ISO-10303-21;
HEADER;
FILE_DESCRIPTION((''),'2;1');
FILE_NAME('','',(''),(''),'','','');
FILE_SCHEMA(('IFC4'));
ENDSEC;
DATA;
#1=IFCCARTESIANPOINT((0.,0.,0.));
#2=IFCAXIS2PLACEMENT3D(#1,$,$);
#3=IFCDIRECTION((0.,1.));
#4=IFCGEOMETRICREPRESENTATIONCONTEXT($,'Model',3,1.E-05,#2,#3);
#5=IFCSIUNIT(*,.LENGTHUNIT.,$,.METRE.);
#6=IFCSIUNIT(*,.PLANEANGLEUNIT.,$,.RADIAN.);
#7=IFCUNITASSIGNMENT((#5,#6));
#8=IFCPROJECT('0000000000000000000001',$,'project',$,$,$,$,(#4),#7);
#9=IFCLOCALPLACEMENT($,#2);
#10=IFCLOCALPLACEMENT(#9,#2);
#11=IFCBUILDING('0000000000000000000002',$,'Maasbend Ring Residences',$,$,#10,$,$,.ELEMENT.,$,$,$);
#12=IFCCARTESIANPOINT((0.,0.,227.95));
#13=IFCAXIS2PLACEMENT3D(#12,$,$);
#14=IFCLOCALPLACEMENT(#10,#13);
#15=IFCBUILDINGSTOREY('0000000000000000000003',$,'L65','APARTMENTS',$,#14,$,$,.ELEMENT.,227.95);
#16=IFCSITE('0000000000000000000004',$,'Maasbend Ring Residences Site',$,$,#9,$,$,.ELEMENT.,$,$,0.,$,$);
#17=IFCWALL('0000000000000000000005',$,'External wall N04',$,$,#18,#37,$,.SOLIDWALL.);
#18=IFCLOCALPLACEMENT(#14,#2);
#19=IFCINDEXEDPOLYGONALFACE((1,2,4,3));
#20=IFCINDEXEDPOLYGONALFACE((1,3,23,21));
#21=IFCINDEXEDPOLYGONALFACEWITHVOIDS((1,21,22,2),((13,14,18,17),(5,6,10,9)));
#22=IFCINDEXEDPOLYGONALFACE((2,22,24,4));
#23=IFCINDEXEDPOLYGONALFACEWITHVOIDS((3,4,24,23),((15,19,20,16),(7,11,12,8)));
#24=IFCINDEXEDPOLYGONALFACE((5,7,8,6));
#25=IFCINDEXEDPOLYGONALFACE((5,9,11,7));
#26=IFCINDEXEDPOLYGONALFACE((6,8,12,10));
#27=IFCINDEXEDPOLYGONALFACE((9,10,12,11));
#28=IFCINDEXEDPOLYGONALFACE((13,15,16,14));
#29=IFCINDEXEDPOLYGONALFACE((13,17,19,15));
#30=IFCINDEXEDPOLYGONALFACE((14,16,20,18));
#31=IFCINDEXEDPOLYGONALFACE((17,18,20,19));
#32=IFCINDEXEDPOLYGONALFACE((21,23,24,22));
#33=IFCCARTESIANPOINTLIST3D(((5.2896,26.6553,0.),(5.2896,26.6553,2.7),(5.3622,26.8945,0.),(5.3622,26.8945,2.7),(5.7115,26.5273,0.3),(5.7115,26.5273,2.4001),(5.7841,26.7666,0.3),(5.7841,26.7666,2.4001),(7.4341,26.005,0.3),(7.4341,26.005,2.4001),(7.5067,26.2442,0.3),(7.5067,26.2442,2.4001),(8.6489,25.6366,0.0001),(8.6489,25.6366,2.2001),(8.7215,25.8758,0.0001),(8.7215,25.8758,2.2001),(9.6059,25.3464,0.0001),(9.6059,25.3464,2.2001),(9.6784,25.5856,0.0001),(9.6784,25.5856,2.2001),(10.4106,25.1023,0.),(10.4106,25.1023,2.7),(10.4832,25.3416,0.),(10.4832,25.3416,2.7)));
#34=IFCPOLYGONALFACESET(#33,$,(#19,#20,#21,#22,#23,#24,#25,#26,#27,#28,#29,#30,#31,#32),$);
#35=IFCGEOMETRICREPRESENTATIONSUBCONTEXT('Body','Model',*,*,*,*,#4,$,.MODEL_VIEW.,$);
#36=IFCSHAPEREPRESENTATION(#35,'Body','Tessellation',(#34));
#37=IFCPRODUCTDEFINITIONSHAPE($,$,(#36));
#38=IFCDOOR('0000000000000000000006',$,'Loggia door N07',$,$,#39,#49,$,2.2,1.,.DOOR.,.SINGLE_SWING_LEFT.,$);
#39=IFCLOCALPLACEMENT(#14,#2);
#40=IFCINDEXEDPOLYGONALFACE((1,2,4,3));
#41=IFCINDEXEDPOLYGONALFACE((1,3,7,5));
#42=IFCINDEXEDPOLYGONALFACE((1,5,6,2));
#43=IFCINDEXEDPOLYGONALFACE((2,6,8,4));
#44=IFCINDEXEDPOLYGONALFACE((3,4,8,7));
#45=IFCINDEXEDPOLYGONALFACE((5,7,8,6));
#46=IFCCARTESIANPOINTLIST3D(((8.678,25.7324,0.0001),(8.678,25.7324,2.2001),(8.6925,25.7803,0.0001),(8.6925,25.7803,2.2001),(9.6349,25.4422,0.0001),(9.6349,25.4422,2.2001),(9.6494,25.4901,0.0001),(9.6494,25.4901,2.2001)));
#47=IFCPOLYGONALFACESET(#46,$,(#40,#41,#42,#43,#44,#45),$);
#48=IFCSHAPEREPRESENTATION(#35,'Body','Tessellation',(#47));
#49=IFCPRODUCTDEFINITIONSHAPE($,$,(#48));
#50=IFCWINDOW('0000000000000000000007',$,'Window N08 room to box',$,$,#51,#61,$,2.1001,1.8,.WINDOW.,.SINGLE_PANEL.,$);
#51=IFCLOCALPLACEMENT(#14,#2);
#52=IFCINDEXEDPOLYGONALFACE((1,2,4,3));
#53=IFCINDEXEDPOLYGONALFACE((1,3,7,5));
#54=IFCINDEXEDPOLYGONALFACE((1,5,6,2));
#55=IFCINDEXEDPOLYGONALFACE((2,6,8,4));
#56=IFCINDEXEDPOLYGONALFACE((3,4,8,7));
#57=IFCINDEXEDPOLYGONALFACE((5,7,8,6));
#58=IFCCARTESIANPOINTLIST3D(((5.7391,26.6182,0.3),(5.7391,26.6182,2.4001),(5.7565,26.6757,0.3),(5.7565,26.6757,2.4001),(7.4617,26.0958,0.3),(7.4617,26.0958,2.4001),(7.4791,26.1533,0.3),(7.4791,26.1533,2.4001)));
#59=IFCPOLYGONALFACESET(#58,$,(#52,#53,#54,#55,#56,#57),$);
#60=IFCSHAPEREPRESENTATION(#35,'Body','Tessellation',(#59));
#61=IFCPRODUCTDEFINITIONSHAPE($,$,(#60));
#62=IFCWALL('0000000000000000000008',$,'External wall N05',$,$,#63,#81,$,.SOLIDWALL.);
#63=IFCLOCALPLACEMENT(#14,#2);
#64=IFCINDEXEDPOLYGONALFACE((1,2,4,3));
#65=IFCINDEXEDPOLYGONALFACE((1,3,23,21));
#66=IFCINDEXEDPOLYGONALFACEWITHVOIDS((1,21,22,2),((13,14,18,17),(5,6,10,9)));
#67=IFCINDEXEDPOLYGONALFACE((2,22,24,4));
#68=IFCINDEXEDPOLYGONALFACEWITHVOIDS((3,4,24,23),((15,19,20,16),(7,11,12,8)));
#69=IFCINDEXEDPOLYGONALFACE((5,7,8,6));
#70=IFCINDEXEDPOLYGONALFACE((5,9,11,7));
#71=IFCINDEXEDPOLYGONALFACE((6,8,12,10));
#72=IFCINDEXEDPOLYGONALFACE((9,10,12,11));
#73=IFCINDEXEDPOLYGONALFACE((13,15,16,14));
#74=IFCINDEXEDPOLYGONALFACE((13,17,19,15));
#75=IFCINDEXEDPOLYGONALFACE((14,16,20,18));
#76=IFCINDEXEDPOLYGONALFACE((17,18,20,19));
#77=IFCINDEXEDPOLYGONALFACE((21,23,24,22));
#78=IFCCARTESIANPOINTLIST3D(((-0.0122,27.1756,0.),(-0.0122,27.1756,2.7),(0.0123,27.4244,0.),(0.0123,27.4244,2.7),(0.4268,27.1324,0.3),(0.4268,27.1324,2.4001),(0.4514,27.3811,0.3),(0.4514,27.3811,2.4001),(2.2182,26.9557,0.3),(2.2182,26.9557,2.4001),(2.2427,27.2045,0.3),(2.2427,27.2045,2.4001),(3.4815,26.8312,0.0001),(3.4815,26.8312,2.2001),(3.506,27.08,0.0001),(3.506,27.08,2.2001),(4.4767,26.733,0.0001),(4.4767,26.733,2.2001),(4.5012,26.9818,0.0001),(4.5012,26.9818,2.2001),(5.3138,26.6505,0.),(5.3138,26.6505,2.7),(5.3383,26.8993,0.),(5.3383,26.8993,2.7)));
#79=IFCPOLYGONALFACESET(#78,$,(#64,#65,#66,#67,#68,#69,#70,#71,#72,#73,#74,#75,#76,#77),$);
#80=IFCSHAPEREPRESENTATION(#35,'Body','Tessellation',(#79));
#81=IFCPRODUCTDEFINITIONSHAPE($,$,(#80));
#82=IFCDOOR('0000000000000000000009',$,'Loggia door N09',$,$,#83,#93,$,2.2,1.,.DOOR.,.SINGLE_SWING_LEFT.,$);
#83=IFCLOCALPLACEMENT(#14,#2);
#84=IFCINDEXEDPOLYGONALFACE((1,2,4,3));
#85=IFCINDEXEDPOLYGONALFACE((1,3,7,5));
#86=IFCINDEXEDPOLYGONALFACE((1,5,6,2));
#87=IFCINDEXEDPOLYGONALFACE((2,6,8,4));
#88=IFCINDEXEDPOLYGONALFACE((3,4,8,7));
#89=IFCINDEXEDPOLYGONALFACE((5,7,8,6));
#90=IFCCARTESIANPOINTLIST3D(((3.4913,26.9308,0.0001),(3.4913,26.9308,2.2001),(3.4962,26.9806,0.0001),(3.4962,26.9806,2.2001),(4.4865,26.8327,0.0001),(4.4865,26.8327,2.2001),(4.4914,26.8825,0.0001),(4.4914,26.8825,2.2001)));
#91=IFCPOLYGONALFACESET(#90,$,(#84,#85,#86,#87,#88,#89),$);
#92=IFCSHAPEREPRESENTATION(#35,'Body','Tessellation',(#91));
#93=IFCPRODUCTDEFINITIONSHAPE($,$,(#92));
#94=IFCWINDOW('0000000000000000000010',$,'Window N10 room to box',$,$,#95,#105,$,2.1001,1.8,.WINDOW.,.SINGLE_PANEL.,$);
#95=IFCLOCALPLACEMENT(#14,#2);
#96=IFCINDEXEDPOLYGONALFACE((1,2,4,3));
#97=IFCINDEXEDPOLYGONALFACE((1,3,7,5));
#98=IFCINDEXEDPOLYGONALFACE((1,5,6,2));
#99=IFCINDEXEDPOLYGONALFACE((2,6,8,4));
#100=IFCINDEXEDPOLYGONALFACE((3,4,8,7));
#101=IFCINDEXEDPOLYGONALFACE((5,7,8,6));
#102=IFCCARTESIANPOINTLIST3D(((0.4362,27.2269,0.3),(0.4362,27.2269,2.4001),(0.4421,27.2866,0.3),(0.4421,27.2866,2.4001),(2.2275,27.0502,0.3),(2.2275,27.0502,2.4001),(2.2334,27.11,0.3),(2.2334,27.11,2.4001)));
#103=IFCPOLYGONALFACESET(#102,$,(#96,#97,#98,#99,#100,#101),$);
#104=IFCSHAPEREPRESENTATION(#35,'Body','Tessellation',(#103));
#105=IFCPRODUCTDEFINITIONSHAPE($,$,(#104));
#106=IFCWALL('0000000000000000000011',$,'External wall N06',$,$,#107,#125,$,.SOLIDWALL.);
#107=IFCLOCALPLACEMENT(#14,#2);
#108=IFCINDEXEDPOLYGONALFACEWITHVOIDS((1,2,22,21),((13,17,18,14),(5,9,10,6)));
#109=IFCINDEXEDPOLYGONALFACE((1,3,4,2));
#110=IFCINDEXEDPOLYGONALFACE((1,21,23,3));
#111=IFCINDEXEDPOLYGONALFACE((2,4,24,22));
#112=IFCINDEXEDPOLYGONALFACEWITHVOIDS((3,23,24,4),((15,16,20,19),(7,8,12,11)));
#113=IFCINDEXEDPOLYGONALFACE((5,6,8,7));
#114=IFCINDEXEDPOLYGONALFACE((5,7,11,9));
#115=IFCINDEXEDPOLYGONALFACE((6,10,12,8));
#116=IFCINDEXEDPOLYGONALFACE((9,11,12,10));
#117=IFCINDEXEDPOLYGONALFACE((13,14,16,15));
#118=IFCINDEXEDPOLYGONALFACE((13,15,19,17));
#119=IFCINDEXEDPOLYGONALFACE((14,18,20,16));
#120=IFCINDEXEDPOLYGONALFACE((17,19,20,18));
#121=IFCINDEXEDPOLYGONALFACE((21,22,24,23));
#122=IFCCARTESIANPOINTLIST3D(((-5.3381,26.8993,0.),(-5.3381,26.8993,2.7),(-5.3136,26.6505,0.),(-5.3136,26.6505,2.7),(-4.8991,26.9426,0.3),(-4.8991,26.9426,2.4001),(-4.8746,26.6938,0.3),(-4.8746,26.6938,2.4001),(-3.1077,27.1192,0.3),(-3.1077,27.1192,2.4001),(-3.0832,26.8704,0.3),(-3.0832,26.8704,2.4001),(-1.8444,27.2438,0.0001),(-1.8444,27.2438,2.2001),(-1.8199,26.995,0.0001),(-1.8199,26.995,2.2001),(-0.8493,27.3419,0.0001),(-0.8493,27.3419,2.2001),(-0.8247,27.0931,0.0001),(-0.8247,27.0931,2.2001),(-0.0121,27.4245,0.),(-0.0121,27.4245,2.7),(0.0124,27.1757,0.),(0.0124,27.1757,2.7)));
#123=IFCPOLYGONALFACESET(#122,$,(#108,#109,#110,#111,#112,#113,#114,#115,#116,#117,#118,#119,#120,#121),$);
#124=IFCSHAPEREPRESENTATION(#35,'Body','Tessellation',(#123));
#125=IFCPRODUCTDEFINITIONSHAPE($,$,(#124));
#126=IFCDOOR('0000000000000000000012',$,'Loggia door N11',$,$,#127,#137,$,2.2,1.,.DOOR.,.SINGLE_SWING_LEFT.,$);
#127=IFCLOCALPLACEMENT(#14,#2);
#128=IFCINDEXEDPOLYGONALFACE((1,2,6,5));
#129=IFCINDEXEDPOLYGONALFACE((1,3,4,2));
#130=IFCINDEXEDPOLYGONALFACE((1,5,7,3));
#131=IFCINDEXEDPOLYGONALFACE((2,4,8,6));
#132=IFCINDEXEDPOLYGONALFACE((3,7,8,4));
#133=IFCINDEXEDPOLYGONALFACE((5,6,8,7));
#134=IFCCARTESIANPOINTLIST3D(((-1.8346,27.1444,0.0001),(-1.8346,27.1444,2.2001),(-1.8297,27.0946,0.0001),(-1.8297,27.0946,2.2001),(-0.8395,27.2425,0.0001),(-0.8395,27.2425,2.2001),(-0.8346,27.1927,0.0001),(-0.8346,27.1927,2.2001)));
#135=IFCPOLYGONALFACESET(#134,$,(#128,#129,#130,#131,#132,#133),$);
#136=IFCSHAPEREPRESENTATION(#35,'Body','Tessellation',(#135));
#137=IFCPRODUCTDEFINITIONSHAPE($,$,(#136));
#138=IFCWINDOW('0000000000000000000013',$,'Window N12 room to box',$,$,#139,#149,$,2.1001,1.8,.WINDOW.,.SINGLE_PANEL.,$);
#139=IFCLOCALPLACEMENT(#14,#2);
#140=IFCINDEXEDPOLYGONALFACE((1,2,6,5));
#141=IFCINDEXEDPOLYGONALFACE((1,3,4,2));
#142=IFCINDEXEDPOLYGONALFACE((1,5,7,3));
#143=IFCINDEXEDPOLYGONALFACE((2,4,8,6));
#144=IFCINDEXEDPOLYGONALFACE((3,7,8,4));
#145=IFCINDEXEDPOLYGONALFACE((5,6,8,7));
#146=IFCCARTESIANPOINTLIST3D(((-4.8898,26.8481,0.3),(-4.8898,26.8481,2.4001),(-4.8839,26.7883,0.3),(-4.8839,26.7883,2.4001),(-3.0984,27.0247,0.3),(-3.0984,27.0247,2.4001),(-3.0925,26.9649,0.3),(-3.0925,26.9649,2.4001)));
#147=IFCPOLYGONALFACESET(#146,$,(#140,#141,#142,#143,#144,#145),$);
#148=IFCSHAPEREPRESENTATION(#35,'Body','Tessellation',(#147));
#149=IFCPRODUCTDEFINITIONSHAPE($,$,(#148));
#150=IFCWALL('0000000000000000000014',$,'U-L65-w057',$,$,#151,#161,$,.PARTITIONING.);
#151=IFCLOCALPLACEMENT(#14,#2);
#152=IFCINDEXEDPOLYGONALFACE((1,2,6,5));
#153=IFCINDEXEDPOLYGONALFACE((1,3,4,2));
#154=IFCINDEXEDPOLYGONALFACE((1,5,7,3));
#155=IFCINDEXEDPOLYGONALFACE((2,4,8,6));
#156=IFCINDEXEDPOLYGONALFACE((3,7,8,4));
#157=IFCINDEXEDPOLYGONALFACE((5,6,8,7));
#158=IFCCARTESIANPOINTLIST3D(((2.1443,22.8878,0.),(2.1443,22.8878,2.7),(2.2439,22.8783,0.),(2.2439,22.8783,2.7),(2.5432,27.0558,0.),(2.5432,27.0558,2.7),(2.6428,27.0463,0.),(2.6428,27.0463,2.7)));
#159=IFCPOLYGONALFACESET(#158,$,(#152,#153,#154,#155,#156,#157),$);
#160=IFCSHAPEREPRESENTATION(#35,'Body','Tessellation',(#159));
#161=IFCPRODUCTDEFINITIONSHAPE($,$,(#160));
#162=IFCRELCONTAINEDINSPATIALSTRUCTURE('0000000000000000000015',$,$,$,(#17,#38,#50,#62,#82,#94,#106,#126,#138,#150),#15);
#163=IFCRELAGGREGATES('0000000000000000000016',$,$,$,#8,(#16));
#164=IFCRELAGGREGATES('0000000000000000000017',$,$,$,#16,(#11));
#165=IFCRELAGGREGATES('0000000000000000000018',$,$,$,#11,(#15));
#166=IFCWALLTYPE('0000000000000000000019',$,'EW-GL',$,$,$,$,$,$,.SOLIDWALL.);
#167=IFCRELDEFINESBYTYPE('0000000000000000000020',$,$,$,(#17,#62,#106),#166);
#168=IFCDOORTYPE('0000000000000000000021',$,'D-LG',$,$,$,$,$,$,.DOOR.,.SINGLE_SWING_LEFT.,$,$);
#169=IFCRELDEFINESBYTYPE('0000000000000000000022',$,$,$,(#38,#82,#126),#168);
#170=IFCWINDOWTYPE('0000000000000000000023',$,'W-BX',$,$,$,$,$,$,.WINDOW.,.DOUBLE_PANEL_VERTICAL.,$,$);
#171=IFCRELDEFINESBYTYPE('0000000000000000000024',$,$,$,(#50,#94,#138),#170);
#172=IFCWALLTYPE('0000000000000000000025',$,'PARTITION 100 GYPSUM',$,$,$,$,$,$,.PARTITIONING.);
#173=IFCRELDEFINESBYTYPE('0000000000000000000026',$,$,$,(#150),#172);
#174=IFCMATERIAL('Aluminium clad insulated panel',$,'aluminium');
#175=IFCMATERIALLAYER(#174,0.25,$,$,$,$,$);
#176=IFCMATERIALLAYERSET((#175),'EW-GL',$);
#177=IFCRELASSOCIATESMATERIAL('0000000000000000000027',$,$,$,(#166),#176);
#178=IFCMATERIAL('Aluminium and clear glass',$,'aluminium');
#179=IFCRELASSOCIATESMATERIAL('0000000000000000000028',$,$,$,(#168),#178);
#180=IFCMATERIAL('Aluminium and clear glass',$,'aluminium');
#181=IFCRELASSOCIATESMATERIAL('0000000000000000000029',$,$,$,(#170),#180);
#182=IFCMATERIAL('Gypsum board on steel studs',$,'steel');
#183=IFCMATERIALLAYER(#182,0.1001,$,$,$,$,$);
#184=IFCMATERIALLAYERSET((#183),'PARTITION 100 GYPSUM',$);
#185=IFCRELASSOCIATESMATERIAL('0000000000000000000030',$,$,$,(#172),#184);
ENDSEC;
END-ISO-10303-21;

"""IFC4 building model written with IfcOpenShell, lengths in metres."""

from ifc_helpers import new_model, si_unit, direction, frame, frame_2d, origin, place, context, subcontext, project, spatial, rectangle, extrude, material, layer, layer_set, type_object, element, fill, save


model = new_model("IFC4")

# Units and contexts
model_context = context("Model", 3, precision=1e-05, world=origin(), true_north=direction((0.0, 1.0)))
body_context = subcontext(model_context, "Body", "Model", "MODEL_VIEW")
ifc_project = project(units=[si_unit("LENGTHUNIT", "METRE"), si_unit("PLANEANGLEUNIT", "RADIAN")], contexts=[model_context])

# Site, building, storey
site_placement = place(None, origin())
site = spatial("IfcSite", under=ifc_project, at=site_placement, Name="Maasbend Ring Residences Site", CompositionType="ELEMENT", RefElevation=0.0)
building_placement = place(site_placement, origin())
building = spatial("IfcBuilding", under=site, at=building_placement, Name="Maasbend Ring Residences", CompositionType="ELEMENT")
storey_placement = place(building_placement, frame((0.0, 0.0, 227.95)))
storey = spatial("IfcBuildingStorey", under=building, at=storey_placement, Name="L65", Description="APARTMENTS", CompositionType="ELEMENT", Elevation=227.95)

# Walls, openings, doors, windows
ifc_material_1 = material(Name="Aluminium clad insulated panel", Category="aluminium")
ifc_layer_1 = layer(ifc_material_1, 0.25)
ifc_layer_set_1 = layer_set([ifc_layer_1], Name="EW-GL")
wall_type_1 = type_object("IfcWallType", Name="EW-GL", PredefinedType="SOLIDWALL", material=ifc_layer_set_1)
wall_1_placement = place(storey_placement, frame((10.447, 25.2219, 0.0), z_axis=(0.0, 0.0, 1.0), x_axis=(-0.956966, 0.290201, 0.0)))
wall_1 = element("IfcWall", 1, at=wall_1_placement, inside=storey, type_object=wall_type_1, Name="External wall N04", PredefinedType="SOLIDWALL", context=body_context, shape_type="SweptSolid", body=[
    extrude(rectangle(XDim=5.3513, YDim=0.25, at=frame_2d((2.6758, 0.0))), origin(), (0.0, 0.0, 1.0), 2.7),
])
opening_1_placement = place(wall_1_placement, frame((0.8411, 0.0, 0.0)))
opening_1 = element("IfcOpeningElement", 2, at=opening_1_placement, cuts=wall_1, PredefinedType="OPENING", context=body_context, shape_type="SweptSolid", body=[
    extrude(rectangle(XDim=1.0, YDim=2.2, at=frame_2d((0.5, 1.1001))), frame((0.0, 0.135, 0.0), z_axis=(0.0, -1.0, 0.0), x_axis=(1.0, 0.0, 0.0)), (0.0, 0.0, 1.0), 0.27),
])
opening_2_placement = place(wall_1_placement, frame((3.1106, 0.0, 0.3)))
opening_2 = element("IfcOpeningElement", 3, at=opening_2_placement, cuts=wall_1, PredefinedType="OPENING", context=body_context, shape_type="SweptSolid", body=[
    extrude(rectangle(XDim=1.8, YDim=2.1001, at=frame_2d((0.8999, 1.05))), frame((0.0, 0.135, 0.0), z_axis=(0.0, -1.0, 0.0), x_axis=(1.0, 0.0, 0.0)), (0.0, 0.0, 1.0), 0.27),
])
ifc_material_2 = material(Name="Aluminium and clear glass", Category="aluminium")
door_type = type_object("IfcDoorType", Name="D-LG", OperationType="SINGLE_SWING_LEFT", PredefinedType="DOOR", material=ifc_material_2)
door_1_placement = place(opening_1_placement, origin())
door_1 = element("IfcDoor", 4, at=door_1_placement, inside=storey, type_object=door_type, Name="Loggia door N07", OperationType="SINGLE_SWING_LEFT", OverallHeight=2.2, OverallWidth=1.0, PredefinedType="DOOR", context=body_context, shape_type="SweptSolid", body=[
    extrude(rectangle(XDim=1.0, YDim=2.2, at=frame_2d((0.5, 1.1001))), frame((0.0, 0.0249, 0.0), z_axis=(0.0, -1.0, 0.0), x_axis=(1.0, 0.0, 0.0)), (0.0, 0.0, 1.0), 0.05),
])
fill(opening_1, door_1)
ifc_material_3 = material(Name="Aluminium and clear glass", Category="aluminium")
window_type_1 = type_object("IfcWindowType", Name="W-BX", PartitioningType="DOUBLE_PANEL_VERTICAL", PredefinedType="WINDOW", material=ifc_material_3)
window_1_placement = place(opening_2_placement, origin())
window_1 = element("IfcWindow", 5, at=window_1_placement, inside=storey, type_object=window_type_1, Name="Window N08 room to box", OverallHeight=2.1001, OverallWidth=1.8, PartitioningType="SINGLE_PANEL", PredefinedType="WINDOW", context=body_context, shape_type="SweptSolid", body=[
    extrude(rectangle(XDim=1.8, YDim=2.1001, at=frame_2d((0.8999, 1.05))), frame((0.0, 0.03, 0.0), z_axis=(0.0, -1.0, 0.0), x_axis=(1.0, 0.0, 0.0)), (0.0, 0.0, 1.0), 0.0601),
])
fill(opening_2, window_1)
wall_2_placement = place(storey_placement, frame((5.3259, 26.7749, 0.0), z_axis=(0.0, 0.0, 1.0), x_axis=(-0.995174, 0.098126, 0.0)))
wall_2 = element("IfcWall", 6, at=wall_2_placement, inside=storey, type_object=wall_type_1, Name="External wall N05", PredefinedType="SOLIDWALL", context=body_context, shape_type="SweptSolid", body=[
    extrude(rectangle(XDim=5.3518, YDim=0.25, at=frame_2d((2.6758, 0.0))), origin(), (0.0, 0.0, 1.0), 2.7),
])
opening_3_placement = place(wall_2_placement, frame((0.8411, 0.0, 0.0)))
opening_3 = element("IfcOpeningElement", 7, at=opening_3_placement, cuts=wall_2, PredefinedType="OPENING", context=body_context, shape_type="SweptSolid", body=[
    extrude(rectangle(XDim=1.0, YDim=2.2, at=frame_2d((0.5, 1.1001))), frame((0.0, 0.135, 0.0), z_axis=(0.0, -1.0, 0.0), x_axis=(1.0, 0.0, 0.0)), (0.0, 0.0, 1.0), 0.27),
])
opening_4_placement = place(wall_2_placement, frame((3.1106, 0.0, 0.3)))
opening_4 = element("IfcOpeningElement", 8, at=opening_4_placement, cuts=wall_2, PredefinedType="OPENING", context=body_context, shape_type="SweptSolid", body=[
    extrude(rectangle(XDim=1.8, YDim=2.1001, at=frame_2d((0.8999, 1.05))), frame((0.0, 0.135, 0.0), z_axis=(0.0, -1.0, 0.0), x_axis=(1.0, 0.0, 0.0)), (0.0, 0.0, 1.0), 0.27),
])
door_2_placement = place(opening_3_placement, origin())
door_2 = element("IfcDoor", 9, at=door_2_placement, inside=storey, type_object=door_type, Name="Loggia door N09", OperationType="SINGLE_SWING_LEFT", OverallHeight=2.2, OverallWidth=1.0, PredefinedType="DOOR", context=body_context, shape_type="SweptSolid", body=[
    extrude(rectangle(XDim=1.0, YDim=2.2, at=frame_2d((0.5, 1.1001))), frame((0.0, 0.0249, 0.0), z_axis=(0.0, -1.0, 0.0), x_axis=(1.0, 0.0, 0.0)), (0.0, 0.0, 1.0), 0.05),
])
fill(opening_3, door_2)
window_2_placement = place(opening_4_placement, origin())
window_2 = element("IfcWindow", 10, at=window_2_placement, inside=storey, type_object=window_type_1, Name="Window N10 room to box", OverallHeight=2.1001, OverallWidth=1.8, PartitioningType="SINGLE_PANEL", PredefinedType="WINDOW", context=body_context, shape_type="SweptSolid", body=[
    extrude(rectangle(XDim=1.8, YDim=2.1001, at=frame_2d((0.8999, 1.05))), frame((0.0, 0.03, 0.0), z_axis=(0.0, -1.0, 0.0), x_axis=(1.0, 0.0, 0.0)), (0.0, 0.0, 1.0), 0.0601),
])
fill(opening_4, window_2)
wall_3_placement = place(storey_placement, frame((0.0, 27.3, 0.0), z_axis=(0.0, 0.0, 1.0), x_axis=(-0.995174, -0.098126, 0.0)))
wall_3 = element("IfcWall", 11, at=wall_3_placement, inside=storey, type_object=wall_type_1, Name="External wall N06", PredefinedType="SOLIDWALL", context=body_context, shape_type="SweptSolid", body=[
    extrude(rectangle(XDim=5.3518, YDim=0.25, at=frame_2d((2.6758, 0.0))), origin(), (0.0, 0.0, 1.0), 2.7),
])
opening_5_placement = place(wall_3_placement, frame((0.8411, 0.0, 0.0)))
opening_5 = element("IfcOpeningElement", 12, at=opening_5_placement, cuts=wall_3, PredefinedType="OPENING", context=body_context, shape_type="SweptSolid", body=[
    extrude(rectangle(XDim=1.0, YDim=2.2, at=frame_2d((0.5, 1.1001))), frame((0.0, 0.135, 0.0), z_axis=(0.0, -1.0, 0.0), x_axis=(1.0, 0.0, 0.0)), (0.0, 0.0, 1.0), 0.27),
])
opening_6_placement = place(wall_3_placement, frame((3.1106, 0.0, 0.3)))
opening_6 = element("IfcOpeningElement", 13, at=opening_6_placement, cuts=wall_3, PredefinedType="OPENING", context=body_context, shape_type="SweptSolid", body=[
    extrude(rectangle(XDim=1.8, YDim=2.1001, at=frame_2d((0.8999, 1.05))), frame((0.0, 0.135, 0.0), z_axis=(0.0, -1.0, 0.0), x_axis=(1.0, 0.0, 0.0)), (0.0, 0.0, 1.0), 0.27),
])
door_3_placement = place(opening_5_placement, origin())
door_3 = element("IfcDoor", 14, at=door_3_placement, inside=storey, type_object=door_type, Name="Loggia door N11", OperationType="SINGLE_SWING_LEFT", OverallHeight=2.2, OverallWidth=1.0, PredefinedType="DOOR", context=body_context, shape_type="SweptSolid", body=[
    extrude(rectangle(XDim=1.0, YDim=2.2, at=frame_2d((0.5, 1.1001))), frame((0.0, 0.0249, 0.0), z_axis=(0.0, -1.0, 0.0), x_axis=(1.0, 0.0, 0.0)), (0.0, 0.0, 1.0), 0.05),
])
fill(opening_5, door_3)
window_3_placement = place(opening_6_placement, origin())
window_3 = element("IfcWindow", 15, at=window_3_placement, inside=storey, type_object=window_type_1, Name="Window N12 room to box", OverallHeight=2.1001, OverallWidth=1.8, PartitioningType="SINGLE_PANEL", PredefinedType="WINDOW", context=body_context, shape_type="SweptSolid", body=[
    extrude(rectangle(XDim=1.8, YDim=2.1001, at=frame_2d((0.8999, 1.05))), frame((0.0, 0.03, 0.0), z_axis=(0.0, -1.0, 0.0), x_axis=(1.0, 0.0, 0.0)), (0.0, 0.0, 1.0), 0.0601),
])
fill(opening_6, window_3)

# Wall
ifc_material_4 = material(Name="Gypsum board on steel studs", Category="steel")
ifc_layer_2 = layer(ifc_material_4, 0.1001)
ifc_layer_set_2 = layer_set([ifc_layer_2], Name="PARTITION 100 GYPSUM")
wall_type_2 = type_object("IfcWallType", Name="PARTITION 100 GYPSUM", PredefinedType="PARTITIONING", material=ifc_layer_set_2)
wall_4_placement = place(storey_placement, frame((2.1941, 22.8831, 0.0), z_axis=(0.0, 0.0, 1.0), x_axis=(0.095277, 0.995451, 0.0)))
element("IfcWall", 16, at=wall_4_placement, inside=storey, type_object=wall_type_2, Name="U-L65-w057", PredefinedType="PARTITIONING", context=body_context, shape_type="SweptSolid", body=[
    extrude(rectangle(XDim=4.187, YDim=0.1001, at=frame_2d((2.0935, 0.0))), origin(), (0.0, 0.0, 1.0), 2.7),
])

save(model, "model.ifc")
